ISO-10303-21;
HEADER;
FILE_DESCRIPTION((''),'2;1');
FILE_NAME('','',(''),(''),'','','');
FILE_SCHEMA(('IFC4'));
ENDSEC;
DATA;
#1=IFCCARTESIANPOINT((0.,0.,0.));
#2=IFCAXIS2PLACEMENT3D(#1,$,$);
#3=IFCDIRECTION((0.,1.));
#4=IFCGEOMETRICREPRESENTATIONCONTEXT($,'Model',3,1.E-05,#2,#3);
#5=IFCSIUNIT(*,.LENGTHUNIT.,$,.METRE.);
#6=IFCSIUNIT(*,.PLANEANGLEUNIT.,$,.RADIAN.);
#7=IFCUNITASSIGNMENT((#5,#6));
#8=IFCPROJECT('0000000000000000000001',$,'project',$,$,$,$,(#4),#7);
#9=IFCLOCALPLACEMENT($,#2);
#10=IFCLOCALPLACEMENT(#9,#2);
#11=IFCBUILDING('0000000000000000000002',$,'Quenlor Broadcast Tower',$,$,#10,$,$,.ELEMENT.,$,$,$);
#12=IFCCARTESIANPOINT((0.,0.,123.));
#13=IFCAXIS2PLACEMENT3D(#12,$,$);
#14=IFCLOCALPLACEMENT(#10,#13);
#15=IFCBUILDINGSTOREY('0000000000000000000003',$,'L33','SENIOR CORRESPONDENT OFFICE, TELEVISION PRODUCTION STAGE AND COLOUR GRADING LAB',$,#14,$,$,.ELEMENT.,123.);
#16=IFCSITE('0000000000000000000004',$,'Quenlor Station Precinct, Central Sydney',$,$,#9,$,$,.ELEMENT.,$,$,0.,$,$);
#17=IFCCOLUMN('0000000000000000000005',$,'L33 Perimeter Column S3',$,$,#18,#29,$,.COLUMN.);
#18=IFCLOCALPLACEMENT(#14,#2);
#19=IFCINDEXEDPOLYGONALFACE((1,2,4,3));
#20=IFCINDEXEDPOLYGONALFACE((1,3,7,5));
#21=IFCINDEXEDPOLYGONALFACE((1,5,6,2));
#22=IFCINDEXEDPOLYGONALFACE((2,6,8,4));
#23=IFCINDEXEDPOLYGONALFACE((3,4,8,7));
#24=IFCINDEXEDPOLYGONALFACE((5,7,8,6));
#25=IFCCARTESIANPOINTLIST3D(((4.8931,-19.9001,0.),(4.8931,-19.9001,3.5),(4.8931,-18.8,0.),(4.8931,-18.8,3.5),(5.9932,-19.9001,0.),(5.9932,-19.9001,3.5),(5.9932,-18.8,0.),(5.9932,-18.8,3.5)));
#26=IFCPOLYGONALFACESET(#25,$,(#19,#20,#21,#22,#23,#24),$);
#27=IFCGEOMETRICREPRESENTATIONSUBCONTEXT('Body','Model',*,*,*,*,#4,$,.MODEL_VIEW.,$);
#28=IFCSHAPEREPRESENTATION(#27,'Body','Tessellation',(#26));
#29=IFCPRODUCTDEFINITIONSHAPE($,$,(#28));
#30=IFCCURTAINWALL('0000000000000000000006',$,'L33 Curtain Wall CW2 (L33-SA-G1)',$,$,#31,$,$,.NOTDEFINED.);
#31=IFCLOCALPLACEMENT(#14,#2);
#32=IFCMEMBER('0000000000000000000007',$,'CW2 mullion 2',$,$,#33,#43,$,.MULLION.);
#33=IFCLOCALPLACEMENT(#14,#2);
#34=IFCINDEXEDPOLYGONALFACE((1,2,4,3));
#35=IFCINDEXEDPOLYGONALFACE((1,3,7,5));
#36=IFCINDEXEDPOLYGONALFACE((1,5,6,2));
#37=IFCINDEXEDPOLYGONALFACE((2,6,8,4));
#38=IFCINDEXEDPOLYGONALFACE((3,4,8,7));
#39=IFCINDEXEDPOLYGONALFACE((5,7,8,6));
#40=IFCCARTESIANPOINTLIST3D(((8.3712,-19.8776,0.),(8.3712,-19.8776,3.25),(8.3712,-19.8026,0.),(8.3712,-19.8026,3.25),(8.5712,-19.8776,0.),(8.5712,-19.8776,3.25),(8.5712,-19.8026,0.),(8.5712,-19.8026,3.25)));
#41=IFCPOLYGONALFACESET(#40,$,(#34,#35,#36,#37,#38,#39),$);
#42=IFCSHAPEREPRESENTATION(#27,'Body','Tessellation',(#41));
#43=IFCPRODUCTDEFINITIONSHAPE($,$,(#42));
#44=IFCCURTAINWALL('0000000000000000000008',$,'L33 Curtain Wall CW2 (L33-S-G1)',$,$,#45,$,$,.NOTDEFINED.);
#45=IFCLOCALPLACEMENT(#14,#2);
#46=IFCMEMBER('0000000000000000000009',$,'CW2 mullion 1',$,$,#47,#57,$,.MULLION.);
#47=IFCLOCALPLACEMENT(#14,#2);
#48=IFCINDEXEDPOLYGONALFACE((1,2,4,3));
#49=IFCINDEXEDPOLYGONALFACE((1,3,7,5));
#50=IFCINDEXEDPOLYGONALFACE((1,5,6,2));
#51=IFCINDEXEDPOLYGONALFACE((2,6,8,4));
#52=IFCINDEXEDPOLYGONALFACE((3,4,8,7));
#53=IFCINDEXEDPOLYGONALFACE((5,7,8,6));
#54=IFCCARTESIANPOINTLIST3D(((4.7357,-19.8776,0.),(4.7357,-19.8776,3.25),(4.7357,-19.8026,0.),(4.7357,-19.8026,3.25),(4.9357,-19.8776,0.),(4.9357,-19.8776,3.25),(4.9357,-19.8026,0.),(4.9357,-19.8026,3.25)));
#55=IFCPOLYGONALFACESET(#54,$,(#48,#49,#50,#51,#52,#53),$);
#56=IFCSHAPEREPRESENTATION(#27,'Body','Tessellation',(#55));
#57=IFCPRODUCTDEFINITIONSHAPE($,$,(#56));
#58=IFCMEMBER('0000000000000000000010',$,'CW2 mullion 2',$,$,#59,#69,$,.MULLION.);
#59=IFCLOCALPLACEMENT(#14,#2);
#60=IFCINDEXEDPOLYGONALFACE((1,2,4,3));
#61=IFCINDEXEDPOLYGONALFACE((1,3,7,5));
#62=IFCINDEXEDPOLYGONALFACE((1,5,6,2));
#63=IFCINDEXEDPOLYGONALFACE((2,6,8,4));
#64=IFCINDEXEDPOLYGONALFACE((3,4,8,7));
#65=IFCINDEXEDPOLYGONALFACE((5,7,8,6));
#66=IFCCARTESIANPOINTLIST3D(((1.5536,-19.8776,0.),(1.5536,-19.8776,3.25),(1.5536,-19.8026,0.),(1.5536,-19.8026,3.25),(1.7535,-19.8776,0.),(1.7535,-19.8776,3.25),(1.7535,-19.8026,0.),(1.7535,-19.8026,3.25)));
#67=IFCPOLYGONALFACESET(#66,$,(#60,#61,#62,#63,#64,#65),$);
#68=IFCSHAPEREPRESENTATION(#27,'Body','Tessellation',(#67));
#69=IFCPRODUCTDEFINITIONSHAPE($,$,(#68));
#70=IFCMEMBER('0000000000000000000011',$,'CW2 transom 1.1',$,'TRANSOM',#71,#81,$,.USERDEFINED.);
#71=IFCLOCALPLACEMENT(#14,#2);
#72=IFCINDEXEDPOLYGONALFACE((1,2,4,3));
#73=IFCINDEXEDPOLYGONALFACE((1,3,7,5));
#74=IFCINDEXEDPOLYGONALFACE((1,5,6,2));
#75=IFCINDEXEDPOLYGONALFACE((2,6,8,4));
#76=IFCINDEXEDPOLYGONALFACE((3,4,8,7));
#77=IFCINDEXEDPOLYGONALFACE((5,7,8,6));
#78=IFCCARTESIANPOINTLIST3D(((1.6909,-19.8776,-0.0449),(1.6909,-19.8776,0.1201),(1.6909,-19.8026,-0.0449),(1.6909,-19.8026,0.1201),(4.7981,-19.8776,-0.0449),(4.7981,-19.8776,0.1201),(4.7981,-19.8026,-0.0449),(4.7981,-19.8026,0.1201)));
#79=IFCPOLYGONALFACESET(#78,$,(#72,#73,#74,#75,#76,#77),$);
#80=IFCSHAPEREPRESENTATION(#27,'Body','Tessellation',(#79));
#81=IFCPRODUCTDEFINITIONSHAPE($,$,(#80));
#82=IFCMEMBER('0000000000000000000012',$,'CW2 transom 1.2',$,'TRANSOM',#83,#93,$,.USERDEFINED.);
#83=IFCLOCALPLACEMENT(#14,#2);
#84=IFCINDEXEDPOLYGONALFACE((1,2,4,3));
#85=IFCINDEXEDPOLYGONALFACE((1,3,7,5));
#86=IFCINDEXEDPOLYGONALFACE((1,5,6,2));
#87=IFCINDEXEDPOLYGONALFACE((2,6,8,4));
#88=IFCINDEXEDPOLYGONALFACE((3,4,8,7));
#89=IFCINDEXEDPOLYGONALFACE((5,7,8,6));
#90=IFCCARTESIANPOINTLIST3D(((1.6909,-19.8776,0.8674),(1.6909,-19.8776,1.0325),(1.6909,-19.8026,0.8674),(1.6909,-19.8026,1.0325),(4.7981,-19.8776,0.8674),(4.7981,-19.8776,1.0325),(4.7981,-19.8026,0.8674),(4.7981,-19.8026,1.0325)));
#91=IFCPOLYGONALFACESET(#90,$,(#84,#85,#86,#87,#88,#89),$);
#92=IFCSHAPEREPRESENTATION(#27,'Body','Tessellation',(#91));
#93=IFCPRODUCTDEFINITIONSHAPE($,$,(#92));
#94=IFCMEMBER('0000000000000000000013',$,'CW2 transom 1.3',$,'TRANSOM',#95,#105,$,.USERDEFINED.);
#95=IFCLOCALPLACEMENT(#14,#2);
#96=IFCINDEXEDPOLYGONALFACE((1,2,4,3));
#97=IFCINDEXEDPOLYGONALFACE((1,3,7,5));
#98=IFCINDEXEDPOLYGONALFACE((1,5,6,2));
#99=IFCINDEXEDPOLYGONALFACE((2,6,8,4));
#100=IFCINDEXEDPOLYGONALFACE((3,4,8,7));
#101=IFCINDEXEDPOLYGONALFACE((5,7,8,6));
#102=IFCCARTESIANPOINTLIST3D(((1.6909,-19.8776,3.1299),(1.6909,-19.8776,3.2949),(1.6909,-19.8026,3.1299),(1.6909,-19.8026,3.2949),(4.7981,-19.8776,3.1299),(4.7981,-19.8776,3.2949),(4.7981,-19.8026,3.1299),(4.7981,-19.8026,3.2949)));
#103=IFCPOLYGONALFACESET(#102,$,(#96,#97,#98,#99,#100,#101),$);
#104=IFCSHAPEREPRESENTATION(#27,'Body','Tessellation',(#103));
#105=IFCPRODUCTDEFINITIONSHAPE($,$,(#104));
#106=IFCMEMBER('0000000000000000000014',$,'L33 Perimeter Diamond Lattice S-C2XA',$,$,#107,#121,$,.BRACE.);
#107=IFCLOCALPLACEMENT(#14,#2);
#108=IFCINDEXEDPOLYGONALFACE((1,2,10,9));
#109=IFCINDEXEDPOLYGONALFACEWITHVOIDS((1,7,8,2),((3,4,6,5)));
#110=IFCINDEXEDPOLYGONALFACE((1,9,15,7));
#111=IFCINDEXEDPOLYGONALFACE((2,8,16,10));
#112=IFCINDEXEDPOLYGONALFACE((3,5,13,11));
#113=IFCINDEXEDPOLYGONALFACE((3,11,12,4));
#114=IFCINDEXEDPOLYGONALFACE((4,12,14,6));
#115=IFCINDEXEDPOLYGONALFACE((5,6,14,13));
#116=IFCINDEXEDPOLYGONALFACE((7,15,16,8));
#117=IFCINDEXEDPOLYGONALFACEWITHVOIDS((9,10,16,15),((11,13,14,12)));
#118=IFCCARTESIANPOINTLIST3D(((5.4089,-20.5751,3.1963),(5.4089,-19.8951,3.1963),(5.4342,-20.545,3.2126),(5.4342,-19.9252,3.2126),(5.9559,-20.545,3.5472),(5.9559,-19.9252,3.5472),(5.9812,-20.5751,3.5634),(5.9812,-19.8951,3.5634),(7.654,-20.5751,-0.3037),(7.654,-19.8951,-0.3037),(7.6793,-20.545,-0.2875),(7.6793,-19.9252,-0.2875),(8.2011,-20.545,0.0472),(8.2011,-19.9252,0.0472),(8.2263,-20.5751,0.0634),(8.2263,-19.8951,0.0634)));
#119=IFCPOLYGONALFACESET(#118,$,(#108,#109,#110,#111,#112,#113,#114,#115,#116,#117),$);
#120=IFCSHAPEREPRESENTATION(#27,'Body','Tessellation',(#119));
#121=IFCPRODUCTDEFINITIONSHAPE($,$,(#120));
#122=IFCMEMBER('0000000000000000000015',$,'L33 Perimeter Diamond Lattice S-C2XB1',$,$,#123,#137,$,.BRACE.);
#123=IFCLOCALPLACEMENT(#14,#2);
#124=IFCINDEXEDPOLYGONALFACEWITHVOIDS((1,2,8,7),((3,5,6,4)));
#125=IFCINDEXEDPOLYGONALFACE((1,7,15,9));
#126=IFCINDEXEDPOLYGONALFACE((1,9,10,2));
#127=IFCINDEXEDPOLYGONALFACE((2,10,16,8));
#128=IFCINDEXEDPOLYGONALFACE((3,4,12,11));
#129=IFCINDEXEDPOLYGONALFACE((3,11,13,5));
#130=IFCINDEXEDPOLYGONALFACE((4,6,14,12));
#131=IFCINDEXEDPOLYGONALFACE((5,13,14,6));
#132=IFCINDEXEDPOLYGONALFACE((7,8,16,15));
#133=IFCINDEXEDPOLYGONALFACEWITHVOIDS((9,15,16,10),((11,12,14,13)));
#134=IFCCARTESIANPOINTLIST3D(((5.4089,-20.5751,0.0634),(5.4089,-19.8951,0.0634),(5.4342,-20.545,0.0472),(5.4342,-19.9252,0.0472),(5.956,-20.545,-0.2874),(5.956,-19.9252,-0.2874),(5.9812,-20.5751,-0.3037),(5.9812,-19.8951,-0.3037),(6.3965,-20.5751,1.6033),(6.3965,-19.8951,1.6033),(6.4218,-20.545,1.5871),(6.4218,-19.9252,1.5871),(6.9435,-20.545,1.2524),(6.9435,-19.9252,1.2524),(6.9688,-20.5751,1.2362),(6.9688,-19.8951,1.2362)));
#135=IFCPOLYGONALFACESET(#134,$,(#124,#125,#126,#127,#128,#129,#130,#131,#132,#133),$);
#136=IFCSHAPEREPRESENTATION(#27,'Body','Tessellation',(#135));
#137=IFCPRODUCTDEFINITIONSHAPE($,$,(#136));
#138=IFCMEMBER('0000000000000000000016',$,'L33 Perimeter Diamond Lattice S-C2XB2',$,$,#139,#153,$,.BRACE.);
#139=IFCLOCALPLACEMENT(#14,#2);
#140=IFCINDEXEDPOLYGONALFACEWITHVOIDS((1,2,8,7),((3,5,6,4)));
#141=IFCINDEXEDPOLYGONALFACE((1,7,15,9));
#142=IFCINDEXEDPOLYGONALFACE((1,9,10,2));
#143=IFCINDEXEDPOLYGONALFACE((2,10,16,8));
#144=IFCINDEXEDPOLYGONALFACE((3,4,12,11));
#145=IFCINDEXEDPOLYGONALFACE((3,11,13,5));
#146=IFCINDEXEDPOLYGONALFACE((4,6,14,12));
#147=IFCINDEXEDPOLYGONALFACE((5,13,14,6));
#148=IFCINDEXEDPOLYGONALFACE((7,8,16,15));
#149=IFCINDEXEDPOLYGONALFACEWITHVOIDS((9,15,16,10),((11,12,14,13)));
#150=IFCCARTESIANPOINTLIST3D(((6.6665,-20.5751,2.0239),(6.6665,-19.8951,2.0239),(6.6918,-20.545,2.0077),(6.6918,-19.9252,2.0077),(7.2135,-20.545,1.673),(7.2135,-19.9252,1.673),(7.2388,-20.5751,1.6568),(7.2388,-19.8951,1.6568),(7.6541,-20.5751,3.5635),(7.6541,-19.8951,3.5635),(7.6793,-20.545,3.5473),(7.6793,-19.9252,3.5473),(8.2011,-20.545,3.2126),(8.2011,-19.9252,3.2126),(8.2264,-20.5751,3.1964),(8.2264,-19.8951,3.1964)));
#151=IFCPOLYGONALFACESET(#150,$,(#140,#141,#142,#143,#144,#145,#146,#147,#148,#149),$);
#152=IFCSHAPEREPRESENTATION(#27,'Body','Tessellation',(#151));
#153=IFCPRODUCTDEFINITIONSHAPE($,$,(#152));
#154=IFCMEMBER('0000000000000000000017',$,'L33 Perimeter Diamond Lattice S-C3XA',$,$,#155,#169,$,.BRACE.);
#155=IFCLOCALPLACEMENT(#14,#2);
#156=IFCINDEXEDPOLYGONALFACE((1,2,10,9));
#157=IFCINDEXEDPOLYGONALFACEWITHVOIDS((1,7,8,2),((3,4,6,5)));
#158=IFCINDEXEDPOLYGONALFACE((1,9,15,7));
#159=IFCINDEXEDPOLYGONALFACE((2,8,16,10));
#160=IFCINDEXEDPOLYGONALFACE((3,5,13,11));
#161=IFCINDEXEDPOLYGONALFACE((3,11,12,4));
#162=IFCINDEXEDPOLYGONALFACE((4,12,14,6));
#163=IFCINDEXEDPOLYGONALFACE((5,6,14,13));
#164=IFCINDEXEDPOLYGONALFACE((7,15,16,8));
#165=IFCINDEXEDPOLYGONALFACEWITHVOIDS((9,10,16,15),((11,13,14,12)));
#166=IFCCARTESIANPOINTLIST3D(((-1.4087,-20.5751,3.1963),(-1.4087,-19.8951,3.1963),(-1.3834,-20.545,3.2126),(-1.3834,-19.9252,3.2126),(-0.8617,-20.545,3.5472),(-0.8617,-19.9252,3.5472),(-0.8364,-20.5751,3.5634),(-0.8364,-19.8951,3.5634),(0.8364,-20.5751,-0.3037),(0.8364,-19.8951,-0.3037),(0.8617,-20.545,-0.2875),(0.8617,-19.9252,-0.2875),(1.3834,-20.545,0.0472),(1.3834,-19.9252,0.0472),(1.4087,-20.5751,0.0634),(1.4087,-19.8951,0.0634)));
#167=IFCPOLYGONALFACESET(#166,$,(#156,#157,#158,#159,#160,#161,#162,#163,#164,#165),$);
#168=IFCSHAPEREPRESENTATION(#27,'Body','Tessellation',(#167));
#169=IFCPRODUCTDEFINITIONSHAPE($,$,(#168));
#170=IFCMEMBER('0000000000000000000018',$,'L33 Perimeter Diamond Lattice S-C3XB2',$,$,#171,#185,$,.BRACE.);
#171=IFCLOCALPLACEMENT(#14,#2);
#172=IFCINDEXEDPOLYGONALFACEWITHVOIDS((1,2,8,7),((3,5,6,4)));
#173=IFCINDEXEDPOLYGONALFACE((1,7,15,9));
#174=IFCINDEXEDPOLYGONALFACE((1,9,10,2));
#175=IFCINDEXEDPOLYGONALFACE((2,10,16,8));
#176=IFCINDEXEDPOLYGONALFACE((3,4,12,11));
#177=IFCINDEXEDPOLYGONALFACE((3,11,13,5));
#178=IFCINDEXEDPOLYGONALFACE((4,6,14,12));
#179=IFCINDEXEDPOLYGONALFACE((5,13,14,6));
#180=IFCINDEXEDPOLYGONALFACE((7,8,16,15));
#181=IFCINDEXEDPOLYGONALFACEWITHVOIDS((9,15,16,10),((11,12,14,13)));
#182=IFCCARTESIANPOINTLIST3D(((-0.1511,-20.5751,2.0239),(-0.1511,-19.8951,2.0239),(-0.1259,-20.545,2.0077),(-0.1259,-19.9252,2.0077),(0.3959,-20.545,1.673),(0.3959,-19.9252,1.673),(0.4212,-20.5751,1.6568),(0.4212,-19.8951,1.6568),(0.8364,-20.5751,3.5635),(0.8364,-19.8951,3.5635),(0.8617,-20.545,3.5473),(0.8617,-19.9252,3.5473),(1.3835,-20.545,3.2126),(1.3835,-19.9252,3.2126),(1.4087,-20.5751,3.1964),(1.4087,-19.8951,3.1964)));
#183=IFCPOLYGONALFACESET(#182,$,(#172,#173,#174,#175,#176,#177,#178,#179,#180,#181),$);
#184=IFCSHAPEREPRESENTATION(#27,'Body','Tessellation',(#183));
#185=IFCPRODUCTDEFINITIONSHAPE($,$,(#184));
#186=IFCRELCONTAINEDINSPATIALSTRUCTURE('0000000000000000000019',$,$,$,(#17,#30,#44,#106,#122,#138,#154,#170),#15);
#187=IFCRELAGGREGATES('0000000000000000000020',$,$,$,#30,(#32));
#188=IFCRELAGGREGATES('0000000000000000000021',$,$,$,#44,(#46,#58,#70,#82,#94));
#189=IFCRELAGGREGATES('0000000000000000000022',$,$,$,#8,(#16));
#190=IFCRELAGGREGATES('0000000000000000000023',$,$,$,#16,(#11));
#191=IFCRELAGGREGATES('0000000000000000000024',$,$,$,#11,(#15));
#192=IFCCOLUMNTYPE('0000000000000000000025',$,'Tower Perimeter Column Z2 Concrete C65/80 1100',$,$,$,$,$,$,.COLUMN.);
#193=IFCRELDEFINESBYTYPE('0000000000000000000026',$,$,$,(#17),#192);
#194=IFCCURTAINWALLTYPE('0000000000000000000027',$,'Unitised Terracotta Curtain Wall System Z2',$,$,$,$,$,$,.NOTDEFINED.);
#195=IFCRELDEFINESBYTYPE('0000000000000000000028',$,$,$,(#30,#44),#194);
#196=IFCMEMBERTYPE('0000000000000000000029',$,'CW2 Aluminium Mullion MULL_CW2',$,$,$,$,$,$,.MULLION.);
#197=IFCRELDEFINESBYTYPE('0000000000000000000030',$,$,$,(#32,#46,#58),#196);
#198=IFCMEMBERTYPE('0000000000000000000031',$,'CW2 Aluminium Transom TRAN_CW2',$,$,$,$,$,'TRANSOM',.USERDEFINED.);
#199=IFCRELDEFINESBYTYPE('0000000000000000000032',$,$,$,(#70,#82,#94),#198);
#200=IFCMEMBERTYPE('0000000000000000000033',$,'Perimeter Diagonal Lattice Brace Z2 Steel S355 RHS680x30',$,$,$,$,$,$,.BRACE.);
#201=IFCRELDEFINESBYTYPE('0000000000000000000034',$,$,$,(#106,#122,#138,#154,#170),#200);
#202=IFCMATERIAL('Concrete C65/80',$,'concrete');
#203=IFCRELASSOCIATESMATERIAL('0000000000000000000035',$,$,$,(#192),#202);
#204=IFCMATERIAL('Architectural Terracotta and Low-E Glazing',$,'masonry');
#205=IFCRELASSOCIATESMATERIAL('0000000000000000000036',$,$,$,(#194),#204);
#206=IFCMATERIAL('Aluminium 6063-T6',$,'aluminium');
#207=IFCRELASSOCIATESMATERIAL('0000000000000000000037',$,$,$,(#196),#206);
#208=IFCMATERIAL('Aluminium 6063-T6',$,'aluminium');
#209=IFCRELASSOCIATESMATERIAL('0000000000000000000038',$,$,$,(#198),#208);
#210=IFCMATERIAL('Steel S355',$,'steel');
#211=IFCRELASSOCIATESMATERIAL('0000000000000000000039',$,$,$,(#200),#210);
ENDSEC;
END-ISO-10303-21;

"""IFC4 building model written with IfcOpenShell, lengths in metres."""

from ifc_helpers import new_model, si_unit, direction, frame, origin, origin_2d, place, context, subcontext, project, spatial, rectangle, hollow_rectangle, extrude, material, material_profile, profile_set, type_object, element, aggregate, save


model = new_model("IFC4")

# Units and contexts
model_context = context("Model", 3, precision=1e-05, world=origin(), true_north=direction((0.0, 1.0)))
body_context = subcontext(model_context, "Body", "Model", "MODEL_VIEW")
ifc_project = project(units=[si_unit("LENGTHUNIT", "METRE"), si_unit("PLANEANGLEUNIT", "RADIAN")], contexts=[model_context])

# Site, building, storey
site_placement = place(None, origin())
site = spatial("IfcSite", under=ifc_project, at=site_placement, Name="Quenlor Station Precinct, Central Sydney", CompositionType="ELEMENT", RefElevation=0.0)
building_placement = place(site_placement, origin())
building = spatial("IfcBuilding", under=site, at=building_placement, Name="Quenlor Broadcast Tower", CompositionType="ELEMENT")
storey_placement = place(building_placement, frame((0.0, 0.0, 123.0)))
storey = spatial("IfcBuildingStorey", under=building, at=storey_placement, Name="L33", Description="SENIOR CORRESPONDENT OFFICE, TELEVISION PRODUCTION STAGE AND COLOUR GRADING LAB", CompositionType="ELEMENT", Elevation=123.0)

# Column
ifc_material_1 = material(Name="Concrete C65/80", Category="concrete")
ifc_material_profile_1 = material_profile(ifc_material_1, rectangle(XDim=1.1001, YDim=1.1001, at=origin_2d()))
ifc_profile_set_1 = profile_set([ifc_material_profile_1], Name="Concrete C65/80 RC1100x1100")
column_type = type_object("IfcColumnType", Name="Tower Perimeter Column Z2 Concrete C65/80 1100", PredefinedType="COLUMN", material=ifc_profile_set_1)
column_placement = place(storey_placement, frame((5.4431, -19.3501, 0.0), z_axis=(0.0, 0.0, 1.0), x_axis=(0.0, 1.0, 0.0)))
element("IfcColumn", 1, at=column_placement, inside=storey, type_object=column_type, Name="L33 Perimeter Column S3", PredefinedType="COLUMN", context=body_context, shape_type="SweptSolid", body=[
    extrude(rectangle(XDim=1.1001, YDim=1.1001, at=origin_2d()), origin(), (0.0, 0.0, 1.0), 3.5),
])

# Curtain wall, member
ifc_material_2 = material(Name="Architectural Terracotta and Low-E Glazing", Category="masonry")
curtain_wall_type = type_object("IfcCurtainWallType", Name="Unitised Terracotta Curtain Wall System Z2", PredefinedType="NOTDEFINED", material=ifc_material_2)
curtain_wall_1_placement = place(storey_placement, origin())
curtain_wall_1 = element("IfcCurtainWall", 2, at=curtain_wall_1_placement, inside=storey, type_object=curtain_wall_type, Name="L33 Curtain Wall CW2 (L33-SA-G1)", PredefinedType="NOTDEFINED")
ifc_material_3 = material(Name="Aluminium 6063-T6", Category="aluminium")
ifc_material_profile_2 = material_profile(ifc_material_3, rectangle(XDim=0.075, YDim=0.2, at=origin_2d()))
ifc_profile_set_2 = profile_set([ifc_material_profile_2], Name="Aluminium 6063-T6 MULL75x200")
member_type_1 = type_object("IfcMemberType", Name="CW2 Aluminium Mullion MULL_CW2", PredefinedType="MULLION", material=ifc_profile_set_2)
member_1_placement = place(storey_placement, frame((8.4712, -19.8401, 0.0), z_axis=(0.0, 0.0, 1.0), x_axis=(0.0, -1.0, 0.0)))
member_1 = element("IfcMember", 3, at=member_1_placement, type_object=member_type_1, Name="CW2 mullion 2", PredefinedType="MULLION", context=body_context, shape_type="SweptSolid", body=[
    extrude(rectangle(XDim=0.075, YDim=0.2, at=origin_2d()), origin(), (0.0, 0.0, 1.0), 3.25),
])

# Curtain wall, members
curtain_wall_2_placement = place(storey_placement, origin())
curtain_wall_2 = element("IfcCurtainWall", 4, at=curtain_wall_2_placement, inside=storey, type_object=curtain_wall_type, Name="L33 Curtain Wall CW2 (L33-S-G1)", PredefinedType="NOTDEFINED")
member_2_placement = place(storey_placement, frame((4.8357, -19.8401, 0.0), z_axis=(0.0, 0.0, 1.0), x_axis=(0.0, -1.0, 0.0)))
member_2 = element("IfcMember", 5, at=member_2_placement, type_object=member_type_1, Name="CW2 mullion 1", PredefinedType="MULLION", context=body_context, shape_type="SweptSolid", body=[
    extrude(rectangle(XDim=0.075, YDim=0.2, at=origin_2d()), origin(), (0.0, 0.0, 1.0), 3.25),
])
member_3_placement = place(storey_placement, frame((1.6536, -19.8401, 0.0), z_axis=(0.0, 0.0, 1.0), x_axis=(0.0, -1.0, 0.0)))
member_3 = element("IfcMember", 6, at=member_3_placement, type_object=member_type_1, Name="CW2 mullion 2", PredefinedType="MULLION", context=body_context, shape_type="SweptSolid", body=[
    extrude(rectangle(XDim=0.075, YDim=0.2, at=origin_2d()), origin(), (0.0, 0.0, 1.0), 3.25),
])
ifc_material_4 = material(Name="Aluminium 6063-T6", Category="aluminium")
ifc_material_profile_3 = material_profile(ifc_material_4, rectangle(XDim=0.075, YDim=0.165, at=origin_2d()))
ifc_profile_set_3 = profile_set([ifc_material_profile_3], Name="Aluminium 6063-T6 TRAN75x165")
member_type_2 = type_object("IfcMemberType", Name="CW2 Aluminium Transom TRAN_CW2", ElementType="TRANSOM", PredefinedType="USERDEFINED", material=ifc_profile_set_3)
member_4_placement = place(storey_placement, frame((4.7981, -19.8401, 0.0376), z_axis=(-1.0, 0.0, 0.0), x_axis=(0.0, -1.0, 0.0)))
member_4 = element("IfcMember", 7, at=member_4_placement, type_object=member_type_2, Name="CW2 transom 1.1", ObjectType="TRANSOM", PredefinedType="USERDEFINED", context=body_context, shape_type="SweptSolid", body=[
    extrude(rectangle(XDim=0.075, YDim=0.165, at=origin_2d()), origin(), (0.0, 0.0, 1.0), 3.1072),
])
member_5_placement = place(storey_placement, frame((4.7981, -19.8401, 0.95), z_axis=(-1.0, 0.0, 0.0), x_axis=(0.0, -1.0, 0.0)))
member_5 = element("IfcMember", 8, at=member_5_placement, type_object=member_type_2, Name="CW2 transom 1.2", ObjectType="TRANSOM", PredefinedType="USERDEFINED", context=body_context, shape_type="SweptSolid", body=[
    extrude(rectangle(XDim=0.075, YDim=0.165, at=origin_2d()), origin(), (0.0, 0.0, 1.0), 3.1072),
])
member_6_placement = place(storey_placement, frame((4.7981, -19.8401, 3.2124), z_axis=(-1.0, 0.0, 0.0), x_axis=(0.0, -1.0, 0.0)))
member_6 = element("IfcMember", 9, at=member_6_placement, type_object=member_type_2, Name="CW2 transom 1.3", ObjectType="TRANSOM", PredefinedType="USERDEFINED", context=body_context, shape_type="SweptSolid", body=[
    extrude(rectangle(XDim=0.075, YDim=0.165, at=origin_2d()), origin(), (0.0, 0.0, 1.0), 3.1072),
])

# Members
ifc_material_5 = material(Name="Steel S355", Category="steel")
ifc_material_profile_4 = material_profile(ifc_material_5, hollow_rectangle(XDim=0.6799, YDim=0.6799, WallThickness=0.03, at=origin_2d()))
ifc_profile_set_4 = profile_set([ifc_material_profile_4], Name="Steel S355 RHS680x680x30")
member_type_3 = type_object("IfcMemberType", Name="Perimeter Diagonal Lattice Brace Z2 Steel S355 RHS680x30", PredefinedType="BRACE", material=ifc_profile_set_4)
member_7_placement = place(storey_placement, frame((7.9402, -20.2351, -0.1201), z_axis=(-0.539926, 0.0, 0.841712), x_axis=(0.0, -1.0, 0.0)))
element("IfcMember", 10, at=member_7_placement, inside=storey, type_object=member_type_3, Name="L33 Perimeter Diamond Lattice S-C2XA", PredefinedType="BRACE", context=body_context, shape_type="SweptSolid", body=[
    extrude(hollow_rectangle(XDim=0.6799, YDim=0.6799, WallThickness=0.03, at=origin_2d()), origin(), (0.0, 0.0, 1.0), 4.1582),
])
member_8_placement = place(storey_placement, frame((5.6951, -20.2351, -0.1201), z_axis=(0.53986, 0.0, 0.841755), x_axis=(0.0, 1.0, 0.0)))
element("IfcMember", 11, at=member_8_placement, inside=storey, type_object=member_type_3, Name="L33 Perimeter Diamond Lattice S-C2XB1", PredefinedType="BRACE", context=body_context, shape_type="SweptSolid", body=[
    extrude(hollow_rectangle(XDim=0.6799, YDim=0.6799, WallThickness=0.03, at=origin_2d()), origin(), (0.0, 0.0, 1.0), 1.8293),
])
member_9_placement = place(storey_placement, frame((6.9526, -20.2351, 1.8403), z_axis=(0.539921, 0.0, 0.841716), x_axis=(0.0, 1.0, 0.0)))
element("IfcMember", 12, at=member_9_placement, inside=storey, type_object=member_type_3, Name="L33 Perimeter Diamond Lattice S-C2XB2", PredefinedType="BRACE", context=body_context, shape_type="SweptSolid", body=[
    extrude(hollow_rectangle(XDim=0.6799, YDim=0.6799, WallThickness=0.03, at=origin_2d()), origin(), (0.0, 0.0, 1.0), 1.8291),
])
member_10_placement = place(storey_placement, frame((1.1226, -20.2351, -0.1201), z_axis=(-0.539926, 0.0, 0.841712), x_axis=(0.0, -1.0, 0.0)))
element("IfcMember", 13, at=member_10_placement, inside=storey, type_object=member_type_3, Name="L33 Perimeter Diamond Lattice S-C3XA", PredefinedType="BRACE", context=body_context, shape_type="SweptSolid", body=[
    extrude(hollow_rectangle(XDim=0.6799, YDim=0.6799, WallThickness=0.03, at=origin_2d()), origin(), (0.0, 0.0, 1.0), 4.1582),
])
member_11_placement = place(storey_placement, frame((0.135, -20.2351, 1.8403), z_axis=(0.539921, 0.0, 0.841716), x_axis=(0.0, 1.0, 0.0)))
element("IfcMember", 14, at=member_11_placement, inside=storey, type_object=member_type_3, Name="L33 Perimeter Diamond Lattice S-C3XB2", PredefinedType="BRACE", context=body_context, shape_type="SweptSolid", body=[
    extrude(hollow_rectangle(XDim=0.6799, YDim=0.6799, WallThickness=0.03, at=origin_2d()), origin(), (0.0, 0.0, 1.0), 1.8291),
])

aggregate(curtain_wall_1, [member_1])
aggregate(curtain_wall_2, [member_2, member_3, member_4, member_5, member_6])

save(model, "model.ifc")
